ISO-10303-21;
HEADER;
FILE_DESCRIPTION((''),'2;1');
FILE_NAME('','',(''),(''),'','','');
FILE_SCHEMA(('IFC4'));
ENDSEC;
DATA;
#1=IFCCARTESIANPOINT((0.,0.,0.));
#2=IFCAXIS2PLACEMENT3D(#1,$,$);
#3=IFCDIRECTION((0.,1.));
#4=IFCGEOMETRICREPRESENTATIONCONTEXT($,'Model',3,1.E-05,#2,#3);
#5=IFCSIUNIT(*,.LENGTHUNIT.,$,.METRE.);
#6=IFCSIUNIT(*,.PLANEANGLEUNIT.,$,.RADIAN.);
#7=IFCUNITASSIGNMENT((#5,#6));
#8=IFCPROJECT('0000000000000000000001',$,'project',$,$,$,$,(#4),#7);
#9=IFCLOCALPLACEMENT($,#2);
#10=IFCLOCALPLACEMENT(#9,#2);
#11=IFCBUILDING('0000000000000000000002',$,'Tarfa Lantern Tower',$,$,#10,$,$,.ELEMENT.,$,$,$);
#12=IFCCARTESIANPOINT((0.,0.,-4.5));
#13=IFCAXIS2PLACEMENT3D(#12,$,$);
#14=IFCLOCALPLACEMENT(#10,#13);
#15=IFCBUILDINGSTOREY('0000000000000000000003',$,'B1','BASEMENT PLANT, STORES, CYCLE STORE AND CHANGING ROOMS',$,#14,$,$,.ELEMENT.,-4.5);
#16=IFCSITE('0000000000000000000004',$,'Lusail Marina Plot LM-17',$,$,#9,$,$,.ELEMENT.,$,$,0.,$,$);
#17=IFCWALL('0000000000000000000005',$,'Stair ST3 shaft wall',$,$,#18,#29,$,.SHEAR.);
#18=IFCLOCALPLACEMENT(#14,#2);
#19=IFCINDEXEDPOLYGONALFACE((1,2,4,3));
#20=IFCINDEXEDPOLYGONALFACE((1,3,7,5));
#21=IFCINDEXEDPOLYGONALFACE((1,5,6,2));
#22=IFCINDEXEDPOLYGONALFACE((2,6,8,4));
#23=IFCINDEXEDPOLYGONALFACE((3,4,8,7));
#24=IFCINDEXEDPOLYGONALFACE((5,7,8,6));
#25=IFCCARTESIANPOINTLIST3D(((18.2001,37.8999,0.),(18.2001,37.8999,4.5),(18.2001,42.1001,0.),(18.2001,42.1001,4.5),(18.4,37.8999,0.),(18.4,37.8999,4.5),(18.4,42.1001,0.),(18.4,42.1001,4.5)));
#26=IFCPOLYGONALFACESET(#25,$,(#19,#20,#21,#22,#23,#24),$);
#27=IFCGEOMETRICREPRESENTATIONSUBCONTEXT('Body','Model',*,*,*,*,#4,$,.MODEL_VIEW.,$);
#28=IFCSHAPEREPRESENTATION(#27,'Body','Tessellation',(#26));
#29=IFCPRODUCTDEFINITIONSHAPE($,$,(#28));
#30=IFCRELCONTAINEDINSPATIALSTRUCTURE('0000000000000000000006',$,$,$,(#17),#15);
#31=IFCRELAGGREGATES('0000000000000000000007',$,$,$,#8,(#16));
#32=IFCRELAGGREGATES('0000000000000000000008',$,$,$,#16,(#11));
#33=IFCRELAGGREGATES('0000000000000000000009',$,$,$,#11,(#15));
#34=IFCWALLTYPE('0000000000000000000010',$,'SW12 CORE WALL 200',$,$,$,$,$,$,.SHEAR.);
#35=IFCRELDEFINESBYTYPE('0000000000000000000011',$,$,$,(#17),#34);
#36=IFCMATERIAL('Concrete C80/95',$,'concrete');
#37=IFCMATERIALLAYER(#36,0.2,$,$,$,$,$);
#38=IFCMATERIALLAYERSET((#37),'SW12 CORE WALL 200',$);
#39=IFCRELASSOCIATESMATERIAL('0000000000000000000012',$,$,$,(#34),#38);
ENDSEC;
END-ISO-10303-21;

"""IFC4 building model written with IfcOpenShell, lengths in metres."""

from ifc_helpers import new_model, si_unit, direction, frame, frame_2d, origin, place, context, subcontext, project, spatial, rectangle, extrude, material, layer, layer_set, type_object, element, save


model = new_model("IFC4")

# Units and contexts
model_context = context("Model", 3, precision=1e-05, world=origin(), true_north=direction((0.0, 1.0)))
body_context = subcontext(model_context, "Body", "Model", "MODEL_VIEW")
ifc_project = project(units=[si_unit("LENGTHUNIT", "METRE"), si_unit("PLANEANGLEUNIT", "RADIAN")], contexts=[model_context])

# Site, building, storey
site_placement = place(None, origin())
site = spatial("IfcSite", under=ifc_project, at=site_placement, Name="Lusail Marina Plot LM-17", CompositionType="ELEMENT", RefElevation=0.0)
building_placement = place(site_placement, origin())
building = spatial("IfcBuilding", under=site, at=building_placement, Name="Tarfa Lantern Tower", CompositionType="ELEMENT")
storey_placement = place(building_placement, frame((0.0, 0.0, -4.5)))
storey = spatial("IfcBuildingStorey", under=building, at=storey_placement, Name="B1", Description="BASEMENT PLANT, STORES, CYCLE STORE AND CHANGING ROOMS", CompositionType="ELEMENT", Elevation=-4.5)

# Shared definitions
ifc_material_1 = material(Name="Concrete C80/95", Category="concrete")

# Wall
ifc_layer_1 = layer(ifc_material_1, 0.2)
ifc_layer_set_1 = layer_set([ifc_layer_1], Name="SW12 CORE WALL 200")
wall_type_1 = type_object("IfcWallType", Name="SW12 CORE WALL 200", PredefinedType="SHEAR", material=ifc_layer_set_1)
wall_1_placement = place(storey_placement, frame((18.3, 37.8999, 0.0), z_axis=(0.0, 0.0, 1.0), x_axis=(0.0, 1.0, 0.0)))
element("IfcWall", 1, at=wall_1_placement, inside=storey, type_object=wall_type_1, Name="Stair ST3 shaft wall", PredefinedType="SHEAR", context=body_context, shape_type="SweptSolid", body=[
    extrude(rectangle(XDim=4.2002, YDim=0.2, at=frame_2d((2.1001, 0.0))), origin(), (0.0, 0.0, 1.0), 4.5),
])

save(model, "model.ifc")
